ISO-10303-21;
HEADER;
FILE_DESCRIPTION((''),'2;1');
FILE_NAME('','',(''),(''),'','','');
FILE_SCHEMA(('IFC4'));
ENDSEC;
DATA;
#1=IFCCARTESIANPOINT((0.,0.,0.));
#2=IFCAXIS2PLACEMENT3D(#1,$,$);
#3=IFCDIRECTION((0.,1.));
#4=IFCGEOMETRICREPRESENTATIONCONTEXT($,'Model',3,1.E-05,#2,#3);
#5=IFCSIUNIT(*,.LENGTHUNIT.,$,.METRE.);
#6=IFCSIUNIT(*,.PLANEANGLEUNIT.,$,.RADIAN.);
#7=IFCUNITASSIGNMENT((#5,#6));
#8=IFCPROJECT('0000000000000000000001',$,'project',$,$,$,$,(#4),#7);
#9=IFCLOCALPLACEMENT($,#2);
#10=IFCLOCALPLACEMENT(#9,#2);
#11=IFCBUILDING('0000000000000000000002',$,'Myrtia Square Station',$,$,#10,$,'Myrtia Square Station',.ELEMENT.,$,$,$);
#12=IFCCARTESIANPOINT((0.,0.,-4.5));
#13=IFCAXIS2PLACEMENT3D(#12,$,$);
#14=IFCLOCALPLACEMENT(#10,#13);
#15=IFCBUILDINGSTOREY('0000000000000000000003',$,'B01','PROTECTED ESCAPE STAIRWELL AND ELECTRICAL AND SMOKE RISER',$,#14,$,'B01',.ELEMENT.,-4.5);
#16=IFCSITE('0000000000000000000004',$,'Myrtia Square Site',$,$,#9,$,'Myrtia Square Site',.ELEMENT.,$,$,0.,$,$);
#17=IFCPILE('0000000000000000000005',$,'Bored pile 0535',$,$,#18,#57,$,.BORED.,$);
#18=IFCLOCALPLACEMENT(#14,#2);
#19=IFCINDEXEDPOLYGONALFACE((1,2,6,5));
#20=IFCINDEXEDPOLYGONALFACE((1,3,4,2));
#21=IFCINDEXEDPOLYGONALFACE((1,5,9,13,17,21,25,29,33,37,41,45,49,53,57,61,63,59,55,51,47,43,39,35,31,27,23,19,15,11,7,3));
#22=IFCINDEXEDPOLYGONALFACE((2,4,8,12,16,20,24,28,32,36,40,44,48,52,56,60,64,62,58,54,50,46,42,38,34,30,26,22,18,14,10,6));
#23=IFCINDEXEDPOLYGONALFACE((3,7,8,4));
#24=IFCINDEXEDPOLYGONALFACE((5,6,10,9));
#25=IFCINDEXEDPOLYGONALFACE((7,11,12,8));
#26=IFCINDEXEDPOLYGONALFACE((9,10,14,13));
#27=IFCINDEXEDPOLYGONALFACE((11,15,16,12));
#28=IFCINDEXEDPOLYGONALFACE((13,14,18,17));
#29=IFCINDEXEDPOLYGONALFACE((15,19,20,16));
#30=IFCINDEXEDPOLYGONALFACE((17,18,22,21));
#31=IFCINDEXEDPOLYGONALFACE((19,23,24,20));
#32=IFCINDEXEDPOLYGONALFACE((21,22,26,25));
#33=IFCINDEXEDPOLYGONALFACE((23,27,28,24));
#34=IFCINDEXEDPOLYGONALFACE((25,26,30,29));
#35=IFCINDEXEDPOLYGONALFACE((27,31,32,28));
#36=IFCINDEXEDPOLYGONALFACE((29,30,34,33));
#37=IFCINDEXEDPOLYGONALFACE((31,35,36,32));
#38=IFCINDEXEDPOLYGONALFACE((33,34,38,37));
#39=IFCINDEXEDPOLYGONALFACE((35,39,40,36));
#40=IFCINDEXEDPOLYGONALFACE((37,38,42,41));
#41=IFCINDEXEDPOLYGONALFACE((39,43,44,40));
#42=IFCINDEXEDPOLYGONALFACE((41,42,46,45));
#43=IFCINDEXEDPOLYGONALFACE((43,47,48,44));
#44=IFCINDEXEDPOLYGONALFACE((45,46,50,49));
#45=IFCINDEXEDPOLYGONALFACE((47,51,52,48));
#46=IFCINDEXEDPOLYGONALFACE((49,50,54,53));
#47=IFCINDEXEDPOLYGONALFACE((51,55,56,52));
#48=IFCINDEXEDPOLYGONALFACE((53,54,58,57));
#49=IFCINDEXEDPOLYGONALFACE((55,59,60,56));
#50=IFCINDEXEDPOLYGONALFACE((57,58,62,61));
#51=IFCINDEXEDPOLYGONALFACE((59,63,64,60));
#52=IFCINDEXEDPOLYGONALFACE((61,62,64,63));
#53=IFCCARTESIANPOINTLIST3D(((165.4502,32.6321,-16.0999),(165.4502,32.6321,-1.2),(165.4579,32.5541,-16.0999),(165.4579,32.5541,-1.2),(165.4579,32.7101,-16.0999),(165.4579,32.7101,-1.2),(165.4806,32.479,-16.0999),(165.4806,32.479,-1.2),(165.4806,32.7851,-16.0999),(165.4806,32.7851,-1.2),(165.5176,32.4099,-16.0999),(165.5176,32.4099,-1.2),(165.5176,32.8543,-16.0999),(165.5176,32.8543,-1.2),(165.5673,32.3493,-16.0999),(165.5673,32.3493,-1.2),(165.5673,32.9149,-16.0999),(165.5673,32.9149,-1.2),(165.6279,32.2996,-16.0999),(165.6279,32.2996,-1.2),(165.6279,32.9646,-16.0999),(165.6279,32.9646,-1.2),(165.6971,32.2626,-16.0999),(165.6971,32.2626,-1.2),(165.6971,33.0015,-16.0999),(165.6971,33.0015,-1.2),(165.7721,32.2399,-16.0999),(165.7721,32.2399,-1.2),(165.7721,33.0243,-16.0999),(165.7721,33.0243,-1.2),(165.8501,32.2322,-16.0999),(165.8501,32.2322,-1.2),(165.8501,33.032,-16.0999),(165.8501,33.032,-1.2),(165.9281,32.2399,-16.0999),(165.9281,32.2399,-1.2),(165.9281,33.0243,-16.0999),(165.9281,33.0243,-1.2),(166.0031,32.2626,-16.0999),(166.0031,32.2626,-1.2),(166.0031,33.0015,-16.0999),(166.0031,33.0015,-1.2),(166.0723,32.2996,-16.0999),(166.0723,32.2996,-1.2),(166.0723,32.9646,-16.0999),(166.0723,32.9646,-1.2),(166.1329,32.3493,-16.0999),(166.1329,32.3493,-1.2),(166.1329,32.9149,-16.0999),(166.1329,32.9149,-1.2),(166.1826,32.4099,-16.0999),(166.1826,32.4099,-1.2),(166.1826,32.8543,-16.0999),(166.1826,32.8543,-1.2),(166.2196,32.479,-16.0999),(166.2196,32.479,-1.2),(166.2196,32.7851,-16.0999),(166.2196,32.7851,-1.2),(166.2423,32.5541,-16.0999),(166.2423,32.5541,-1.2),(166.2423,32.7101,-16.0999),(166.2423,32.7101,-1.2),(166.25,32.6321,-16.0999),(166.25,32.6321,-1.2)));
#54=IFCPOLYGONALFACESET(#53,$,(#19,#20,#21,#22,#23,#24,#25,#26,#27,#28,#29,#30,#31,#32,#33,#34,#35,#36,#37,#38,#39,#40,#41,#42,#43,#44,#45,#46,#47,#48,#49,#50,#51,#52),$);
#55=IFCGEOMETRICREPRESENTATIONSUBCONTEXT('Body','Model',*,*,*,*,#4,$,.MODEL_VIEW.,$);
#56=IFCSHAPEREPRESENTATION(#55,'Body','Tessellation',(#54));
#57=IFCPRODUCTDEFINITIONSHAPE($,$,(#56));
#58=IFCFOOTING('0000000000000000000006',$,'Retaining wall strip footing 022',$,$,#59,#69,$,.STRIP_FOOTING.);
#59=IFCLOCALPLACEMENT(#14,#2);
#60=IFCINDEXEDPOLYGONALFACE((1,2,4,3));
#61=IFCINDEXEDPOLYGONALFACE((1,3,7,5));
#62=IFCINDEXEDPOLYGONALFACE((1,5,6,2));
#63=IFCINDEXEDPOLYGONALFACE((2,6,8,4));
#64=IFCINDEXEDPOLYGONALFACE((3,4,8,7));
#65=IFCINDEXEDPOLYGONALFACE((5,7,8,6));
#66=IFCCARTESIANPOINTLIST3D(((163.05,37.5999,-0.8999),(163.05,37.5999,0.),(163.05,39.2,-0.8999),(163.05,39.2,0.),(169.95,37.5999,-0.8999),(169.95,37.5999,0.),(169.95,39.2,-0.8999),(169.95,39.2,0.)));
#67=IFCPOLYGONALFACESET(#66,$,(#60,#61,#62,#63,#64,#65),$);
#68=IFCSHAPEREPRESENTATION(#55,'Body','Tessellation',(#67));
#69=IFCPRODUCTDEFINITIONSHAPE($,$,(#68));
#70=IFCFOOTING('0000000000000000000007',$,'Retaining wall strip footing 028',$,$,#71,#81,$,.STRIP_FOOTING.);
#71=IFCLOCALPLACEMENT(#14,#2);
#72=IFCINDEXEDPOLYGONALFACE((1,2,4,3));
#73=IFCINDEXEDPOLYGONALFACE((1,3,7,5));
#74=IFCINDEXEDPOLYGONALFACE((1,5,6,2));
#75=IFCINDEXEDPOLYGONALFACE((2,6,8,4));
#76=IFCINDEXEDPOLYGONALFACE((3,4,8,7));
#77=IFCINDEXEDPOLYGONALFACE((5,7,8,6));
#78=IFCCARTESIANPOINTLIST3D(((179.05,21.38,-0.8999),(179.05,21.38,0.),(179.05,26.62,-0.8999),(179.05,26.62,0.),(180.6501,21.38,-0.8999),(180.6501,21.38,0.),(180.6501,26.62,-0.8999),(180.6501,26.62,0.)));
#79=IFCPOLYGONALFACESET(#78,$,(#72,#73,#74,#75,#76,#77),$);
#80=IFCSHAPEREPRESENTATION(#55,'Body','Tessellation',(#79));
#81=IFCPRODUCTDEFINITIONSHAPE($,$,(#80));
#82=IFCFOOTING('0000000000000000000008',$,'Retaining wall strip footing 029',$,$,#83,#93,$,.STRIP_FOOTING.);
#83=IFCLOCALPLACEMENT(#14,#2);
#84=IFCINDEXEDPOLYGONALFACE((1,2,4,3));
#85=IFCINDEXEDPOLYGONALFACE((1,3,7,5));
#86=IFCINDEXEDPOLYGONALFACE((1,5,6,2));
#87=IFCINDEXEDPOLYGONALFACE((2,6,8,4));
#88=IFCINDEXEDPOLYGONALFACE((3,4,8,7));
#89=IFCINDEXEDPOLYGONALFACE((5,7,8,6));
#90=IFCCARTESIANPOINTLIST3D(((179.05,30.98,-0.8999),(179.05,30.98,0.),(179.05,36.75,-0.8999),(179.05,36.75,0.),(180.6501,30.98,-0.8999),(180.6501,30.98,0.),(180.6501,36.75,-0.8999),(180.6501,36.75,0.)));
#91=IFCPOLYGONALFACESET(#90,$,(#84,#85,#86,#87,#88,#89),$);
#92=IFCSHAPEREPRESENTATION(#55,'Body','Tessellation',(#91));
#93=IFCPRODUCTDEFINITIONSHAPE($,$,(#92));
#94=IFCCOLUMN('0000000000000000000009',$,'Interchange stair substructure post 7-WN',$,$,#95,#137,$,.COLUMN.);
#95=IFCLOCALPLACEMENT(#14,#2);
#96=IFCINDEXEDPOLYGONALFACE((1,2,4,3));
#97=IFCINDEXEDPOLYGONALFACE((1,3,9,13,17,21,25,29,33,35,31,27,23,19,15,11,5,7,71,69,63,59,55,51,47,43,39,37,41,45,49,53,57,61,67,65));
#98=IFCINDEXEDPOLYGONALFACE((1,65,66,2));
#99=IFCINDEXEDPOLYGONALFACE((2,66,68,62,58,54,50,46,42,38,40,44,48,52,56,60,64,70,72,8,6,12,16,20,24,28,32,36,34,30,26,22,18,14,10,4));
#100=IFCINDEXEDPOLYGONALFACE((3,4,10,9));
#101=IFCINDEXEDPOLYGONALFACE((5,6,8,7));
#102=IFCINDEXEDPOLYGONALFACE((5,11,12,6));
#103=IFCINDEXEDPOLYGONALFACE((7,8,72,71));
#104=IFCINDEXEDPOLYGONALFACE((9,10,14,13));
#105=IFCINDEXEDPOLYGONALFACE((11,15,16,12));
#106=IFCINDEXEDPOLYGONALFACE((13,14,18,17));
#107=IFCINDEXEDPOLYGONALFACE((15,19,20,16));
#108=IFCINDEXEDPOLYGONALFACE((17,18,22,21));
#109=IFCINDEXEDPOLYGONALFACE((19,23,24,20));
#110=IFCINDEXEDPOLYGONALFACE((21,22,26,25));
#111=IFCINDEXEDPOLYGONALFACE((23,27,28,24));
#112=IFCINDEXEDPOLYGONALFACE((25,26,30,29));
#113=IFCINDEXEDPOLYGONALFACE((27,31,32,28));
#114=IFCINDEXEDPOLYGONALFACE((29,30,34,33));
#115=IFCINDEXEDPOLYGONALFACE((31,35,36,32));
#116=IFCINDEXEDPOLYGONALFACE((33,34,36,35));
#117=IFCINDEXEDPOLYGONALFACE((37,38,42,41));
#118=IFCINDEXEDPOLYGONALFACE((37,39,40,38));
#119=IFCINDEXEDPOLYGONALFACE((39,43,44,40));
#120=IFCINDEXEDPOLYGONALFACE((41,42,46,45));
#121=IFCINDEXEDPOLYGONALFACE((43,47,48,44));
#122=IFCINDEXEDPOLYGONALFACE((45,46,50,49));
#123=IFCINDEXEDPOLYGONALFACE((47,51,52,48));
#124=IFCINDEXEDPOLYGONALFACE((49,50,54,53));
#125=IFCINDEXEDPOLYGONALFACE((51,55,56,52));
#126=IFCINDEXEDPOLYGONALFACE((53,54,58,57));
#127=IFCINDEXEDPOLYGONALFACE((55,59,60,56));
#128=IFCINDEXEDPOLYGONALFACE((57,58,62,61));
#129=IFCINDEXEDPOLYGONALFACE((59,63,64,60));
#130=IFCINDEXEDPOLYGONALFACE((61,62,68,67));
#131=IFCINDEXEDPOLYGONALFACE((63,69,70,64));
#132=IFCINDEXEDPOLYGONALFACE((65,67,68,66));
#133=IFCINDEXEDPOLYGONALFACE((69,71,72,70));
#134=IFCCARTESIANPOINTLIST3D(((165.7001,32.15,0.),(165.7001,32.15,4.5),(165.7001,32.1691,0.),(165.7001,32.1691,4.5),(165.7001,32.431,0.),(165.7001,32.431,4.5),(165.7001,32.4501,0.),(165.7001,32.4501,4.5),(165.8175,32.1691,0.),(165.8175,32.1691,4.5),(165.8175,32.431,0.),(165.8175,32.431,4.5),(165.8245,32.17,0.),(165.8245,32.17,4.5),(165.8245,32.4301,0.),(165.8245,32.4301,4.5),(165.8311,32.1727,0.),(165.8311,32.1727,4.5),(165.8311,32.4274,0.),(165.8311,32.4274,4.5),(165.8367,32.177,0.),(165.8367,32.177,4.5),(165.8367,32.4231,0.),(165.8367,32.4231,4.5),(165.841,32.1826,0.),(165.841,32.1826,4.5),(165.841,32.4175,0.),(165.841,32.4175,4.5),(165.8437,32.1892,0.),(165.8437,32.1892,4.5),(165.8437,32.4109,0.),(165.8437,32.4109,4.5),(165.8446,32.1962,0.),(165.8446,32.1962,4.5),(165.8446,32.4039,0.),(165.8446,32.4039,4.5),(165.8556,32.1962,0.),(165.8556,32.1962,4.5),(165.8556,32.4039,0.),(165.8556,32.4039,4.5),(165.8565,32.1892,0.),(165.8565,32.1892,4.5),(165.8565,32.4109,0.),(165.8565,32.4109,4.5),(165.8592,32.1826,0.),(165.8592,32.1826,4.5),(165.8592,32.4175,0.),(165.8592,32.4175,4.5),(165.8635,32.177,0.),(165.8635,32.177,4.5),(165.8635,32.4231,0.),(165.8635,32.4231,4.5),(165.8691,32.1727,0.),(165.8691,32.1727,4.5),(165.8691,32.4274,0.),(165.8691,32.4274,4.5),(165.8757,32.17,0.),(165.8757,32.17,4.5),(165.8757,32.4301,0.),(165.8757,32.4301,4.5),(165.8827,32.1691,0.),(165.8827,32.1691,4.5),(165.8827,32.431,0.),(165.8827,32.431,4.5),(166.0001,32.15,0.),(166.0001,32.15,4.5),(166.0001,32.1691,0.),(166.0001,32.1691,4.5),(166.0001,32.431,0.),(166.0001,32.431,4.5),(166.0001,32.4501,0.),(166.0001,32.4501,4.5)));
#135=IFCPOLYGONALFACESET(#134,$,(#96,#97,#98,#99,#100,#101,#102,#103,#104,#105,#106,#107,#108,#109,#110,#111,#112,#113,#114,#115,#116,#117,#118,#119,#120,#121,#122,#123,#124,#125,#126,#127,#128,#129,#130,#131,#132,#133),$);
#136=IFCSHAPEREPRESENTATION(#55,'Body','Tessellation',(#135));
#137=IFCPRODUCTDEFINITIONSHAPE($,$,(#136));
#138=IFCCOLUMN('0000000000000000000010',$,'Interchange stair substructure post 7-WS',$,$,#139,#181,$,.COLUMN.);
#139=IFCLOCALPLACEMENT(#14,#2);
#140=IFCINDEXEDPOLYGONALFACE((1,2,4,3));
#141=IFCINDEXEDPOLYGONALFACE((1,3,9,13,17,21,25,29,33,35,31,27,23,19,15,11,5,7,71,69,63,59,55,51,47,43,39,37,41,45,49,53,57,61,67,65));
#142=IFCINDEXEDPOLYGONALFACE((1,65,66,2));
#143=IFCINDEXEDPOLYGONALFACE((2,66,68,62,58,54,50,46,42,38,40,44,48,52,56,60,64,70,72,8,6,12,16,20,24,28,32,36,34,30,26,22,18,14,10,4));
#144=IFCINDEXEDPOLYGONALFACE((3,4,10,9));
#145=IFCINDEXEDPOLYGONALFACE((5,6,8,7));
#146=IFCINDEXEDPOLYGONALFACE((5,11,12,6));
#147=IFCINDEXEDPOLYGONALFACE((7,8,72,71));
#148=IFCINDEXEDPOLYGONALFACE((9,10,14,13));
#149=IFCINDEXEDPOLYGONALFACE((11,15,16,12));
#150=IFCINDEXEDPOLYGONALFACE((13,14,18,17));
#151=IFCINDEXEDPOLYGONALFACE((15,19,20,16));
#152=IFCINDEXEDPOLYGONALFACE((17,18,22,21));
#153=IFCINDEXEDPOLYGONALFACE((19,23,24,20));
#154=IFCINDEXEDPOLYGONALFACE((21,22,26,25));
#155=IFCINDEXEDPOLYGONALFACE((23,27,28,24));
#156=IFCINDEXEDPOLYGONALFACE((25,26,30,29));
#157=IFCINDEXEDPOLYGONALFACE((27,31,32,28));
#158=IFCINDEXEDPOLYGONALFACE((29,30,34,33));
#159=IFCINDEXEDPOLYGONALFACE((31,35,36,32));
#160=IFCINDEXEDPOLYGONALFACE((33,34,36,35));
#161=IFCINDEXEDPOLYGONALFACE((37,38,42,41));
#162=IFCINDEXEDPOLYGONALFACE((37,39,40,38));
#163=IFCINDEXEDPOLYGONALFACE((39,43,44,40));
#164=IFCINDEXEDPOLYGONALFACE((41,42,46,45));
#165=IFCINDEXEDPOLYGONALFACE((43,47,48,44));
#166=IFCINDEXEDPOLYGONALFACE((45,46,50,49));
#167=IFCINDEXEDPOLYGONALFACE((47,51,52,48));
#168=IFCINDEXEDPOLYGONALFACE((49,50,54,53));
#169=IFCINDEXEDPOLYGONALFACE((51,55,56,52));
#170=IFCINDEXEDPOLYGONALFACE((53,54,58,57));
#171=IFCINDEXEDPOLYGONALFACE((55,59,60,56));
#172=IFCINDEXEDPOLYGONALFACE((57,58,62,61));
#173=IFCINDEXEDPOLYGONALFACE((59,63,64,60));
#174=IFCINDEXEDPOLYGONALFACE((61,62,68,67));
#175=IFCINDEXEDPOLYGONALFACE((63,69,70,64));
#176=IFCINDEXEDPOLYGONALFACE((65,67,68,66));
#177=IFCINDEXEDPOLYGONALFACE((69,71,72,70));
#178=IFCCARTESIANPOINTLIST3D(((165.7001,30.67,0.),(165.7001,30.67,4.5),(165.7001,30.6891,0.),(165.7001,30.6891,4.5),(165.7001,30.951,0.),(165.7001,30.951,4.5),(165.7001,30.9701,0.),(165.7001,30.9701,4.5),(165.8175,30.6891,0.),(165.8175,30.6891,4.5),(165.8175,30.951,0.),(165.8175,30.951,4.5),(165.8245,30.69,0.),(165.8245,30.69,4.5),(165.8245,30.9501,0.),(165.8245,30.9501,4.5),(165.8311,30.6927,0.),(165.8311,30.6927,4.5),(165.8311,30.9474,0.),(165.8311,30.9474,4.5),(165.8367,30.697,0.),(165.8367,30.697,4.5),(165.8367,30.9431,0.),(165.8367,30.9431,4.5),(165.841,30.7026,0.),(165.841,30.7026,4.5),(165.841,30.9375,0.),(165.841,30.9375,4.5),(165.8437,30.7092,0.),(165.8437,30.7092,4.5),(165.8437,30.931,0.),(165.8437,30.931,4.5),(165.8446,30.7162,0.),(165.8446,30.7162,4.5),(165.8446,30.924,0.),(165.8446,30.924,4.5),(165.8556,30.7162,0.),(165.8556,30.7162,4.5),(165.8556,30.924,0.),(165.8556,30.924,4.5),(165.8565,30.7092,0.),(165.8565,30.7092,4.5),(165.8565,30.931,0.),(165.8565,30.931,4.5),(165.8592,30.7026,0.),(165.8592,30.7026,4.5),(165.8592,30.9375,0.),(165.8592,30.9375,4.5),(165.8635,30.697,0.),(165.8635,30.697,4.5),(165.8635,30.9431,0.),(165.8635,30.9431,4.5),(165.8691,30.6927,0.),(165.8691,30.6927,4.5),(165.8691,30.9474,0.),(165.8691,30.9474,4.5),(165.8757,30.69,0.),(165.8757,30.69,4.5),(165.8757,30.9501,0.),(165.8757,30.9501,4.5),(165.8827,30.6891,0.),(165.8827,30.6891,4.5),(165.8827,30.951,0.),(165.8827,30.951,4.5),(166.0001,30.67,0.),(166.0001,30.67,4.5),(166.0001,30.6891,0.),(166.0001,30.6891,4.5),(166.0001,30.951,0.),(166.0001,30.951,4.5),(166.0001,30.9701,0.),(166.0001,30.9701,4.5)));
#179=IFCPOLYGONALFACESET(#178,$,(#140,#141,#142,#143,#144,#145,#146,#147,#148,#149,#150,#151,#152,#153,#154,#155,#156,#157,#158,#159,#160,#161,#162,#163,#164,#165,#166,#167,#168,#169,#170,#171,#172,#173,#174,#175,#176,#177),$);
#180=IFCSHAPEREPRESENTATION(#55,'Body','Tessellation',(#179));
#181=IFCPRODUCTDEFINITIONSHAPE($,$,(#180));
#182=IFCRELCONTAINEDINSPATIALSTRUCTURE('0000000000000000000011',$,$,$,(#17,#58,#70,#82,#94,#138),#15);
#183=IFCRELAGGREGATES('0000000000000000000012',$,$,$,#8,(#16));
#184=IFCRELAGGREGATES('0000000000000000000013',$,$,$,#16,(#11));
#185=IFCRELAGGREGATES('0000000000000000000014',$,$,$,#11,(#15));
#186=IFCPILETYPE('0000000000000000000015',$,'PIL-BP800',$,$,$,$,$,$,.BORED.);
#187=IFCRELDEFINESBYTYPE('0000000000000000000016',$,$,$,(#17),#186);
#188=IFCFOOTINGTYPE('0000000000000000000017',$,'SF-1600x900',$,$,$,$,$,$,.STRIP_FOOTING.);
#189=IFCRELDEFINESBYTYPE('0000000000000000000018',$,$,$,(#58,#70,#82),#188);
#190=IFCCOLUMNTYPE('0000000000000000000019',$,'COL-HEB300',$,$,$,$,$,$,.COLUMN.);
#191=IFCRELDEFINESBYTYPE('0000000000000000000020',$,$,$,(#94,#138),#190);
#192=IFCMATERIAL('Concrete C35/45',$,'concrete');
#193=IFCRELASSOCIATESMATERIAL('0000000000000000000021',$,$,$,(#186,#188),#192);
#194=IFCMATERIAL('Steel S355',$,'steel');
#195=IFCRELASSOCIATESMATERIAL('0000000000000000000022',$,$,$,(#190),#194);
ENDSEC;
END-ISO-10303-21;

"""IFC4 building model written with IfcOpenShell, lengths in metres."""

from ifc_helpers import new_model, si_unit, direction, frame, origin, origin_2d, place, context, subcontext, project, spatial, rectangle, circle, i_section, extrude, material, material_profile, profile_set, type_object, element, save


model = new_model("IFC4")

# Units and contexts
model_context = context("Model", 3, precision=1e-05, world=origin(), true_north=direction((0.0, 1.0)))
body_context = subcontext(model_context, "Body", "Model", "MODEL_VIEW")
ifc_project = project(units=[si_unit("LENGTHUNIT", "METRE"), si_unit("PLANEANGLEUNIT", "RADIAN")], contexts=[model_context])

# Site, building, storey
site_placement = place(None, origin())
site = spatial("IfcSite", under=ifc_project, at=site_placement, Name="Myrtia Square Site", LongName="Myrtia Square Site", CompositionType="ELEMENT", RefElevation=0.0)
building_placement = place(site_placement, origin())
building = spatial("IfcBuilding", under=site, at=building_placement, Name="Myrtia Square Station", LongName="Myrtia Square Station", CompositionType="ELEMENT")
storey_placement = place(building_placement, frame((0.0, 0.0, -4.5)))
storey = spatial("IfcBuildingStorey", under=building, at=storey_placement, Name="B01", Description="PROTECTED ESCAPE STAIRWELL AND ELECTRICAL AND SMOKE RISER", LongName="B01", CompositionType="ELEMENT", Elevation=-4.5)

# Shared definitions
ifc_material_1 = material(Name="Concrete C35/45", Category="concrete")

# Pile
ifc_material_profile_1 = material_profile(ifc_material_1, circle(Radius=0.3999, at=origin_2d()), Name="BP D800")
ifc_profile_set_1 = profile_set([ifc_material_profile_1], Name="Concrete C35/45")
pile_type_1 = type_object("IfcPileType", Name="PIL-BP800", PredefinedType="BORED", material=ifc_profile_set_1)
for number, where, z_axis, x_axis, name in (
    (1, (165.8501, 32.6321, -1.2), (0.0, 0.0, -1.0), (1.0, 0.0, 0.0), "Bored pile 0535"),
):
    element("IfcPile", number, at=place(storey_placement, frame(where, z_axis=z_axis, x_axis=x_axis)), inside=storey, type_object=pile_type_1, Name=name, PredefinedType="BORED", context=body_context, shape_type="SweptSolid", body=[
        extrude(circle(Radius=0.3999, at=origin_2d()), origin(), (0.0, 0.0, 1.0), 14.8999),
    ])

# Footings
footing_type_1 = type_object("IfcFootingType", Name="SF-1600x900", PredefinedType="STRIP_FOOTING", material=ifc_material_1)
footing_1_placement = place(storey_placement, frame((166.5, 38.3999, -0.8999), z_axis=(0.0, 0.0, 1.0), x_axis=(1.0, 0.0, 0.0)))
element("IfcFooting", 2, at=footing_1_placement, inside=storey, type_object=footing_type_1, Name="Retaining wall strip footing 022", PredefinedType="STRIP_FOOTING", context=body_context, shape_type="SweptSolid", body=[
    extrude(rectangle(XDim=6.8999, YDim=1.6001, at=origin_2d()), origin(), (0.0, 0.0, 1.0), 0.8999),
])
footing_2_placement = place(storey_placement, frame((179.8501, 24.0, -0.8999), z_axis=(0.0, 0.0, 1.0), x_axis=(1.0, 0.0, 0.0)))
element("IfcFooting", 3, at=footing_2_placement, inside=storey, type_object=footing_type_1, Name="Retaining wall strip footing 028", PredefinedType="STRIP_FOOTING", context=body_context, shape_type="SweptSolid", body=[
    extrude(rectangle(XDim=1.6001, YDim=5.24, at=origin_2d()), origin(), (0.0, 0.0, 1.0), 0.8999),
])
footing_3_placement = place(storey_placement, frame((179.8501, 33.865, -0.8999), z_axis=(0.0, 0.0, 1.0), x_axis=(1.0, 0.0, 0.0)))
element("IfcFooting", 4, at=footing_3_placement, inside=storey, type_object=footing_type_1, Name="Retaining wall strip footing 029", PredefinedType="STRIP_FOOTING", context=body_context, shape_type="SweptSolid", body=[
    extrude(rectangle(XDim=1.6001, YDim=5.77, at=origin_2d()), origin(), (0.0, 0.0, 1.0), 0.8999),
])

# Columns
ifc_material_2 = material(Name="Steel S355", Category="steel")
ifc_material_profile_2 = material_profile(ifc_material_2, i_section(OverallWidth=0.3, OverallDepth=0.3, WebThickness=0.011, FlangeThickness=0.019, FilletRadius=0.0271, at=origin_2d()), Name="HEB 300")
ifc_profile_set_2 = profile_set([ifc_material_profile_2], Name="Steel S355")
column_type_1 = type_object("IfcColumnType", Name="COL-HEB300", PredefinedType="COLUMN", material=ifc_profile_set_2)
for number, where, z_axis, x_axis, name in (
    (5, (165.8501, 32.3, 0.0), (0.0, 0.0, 1.0), (1.0, 0.0, 0.0), "Interchange stair substructure post 7-WN"),
    (6, (165.8501, 30.8201, 0.0), (0.0, 0.0, 1.0), (1.0, 0.0, 0.0), "Interchange stair substructure post 7-WS"),
):
    element("IfcColumn", number, at=place(storey_placement, frame(where, z_axis=z_axis, x_axis=x_axis)), inside=storey, type_object=column_type_1, Name=name, PredefinedType="COLUMN", context=body_context, shape_type="SweptSolid", body=[
        extrude(i_section(OverallWidth=0.3, OverallDepth=0.3, WebThickness=0.011, FlangeThickness=0.019, FilletRadius=0.0271, at=origin_2d()), origin(), (0.0, 0.0, 1.0), 4.5),
    ])

save(model, "model.ifc")
